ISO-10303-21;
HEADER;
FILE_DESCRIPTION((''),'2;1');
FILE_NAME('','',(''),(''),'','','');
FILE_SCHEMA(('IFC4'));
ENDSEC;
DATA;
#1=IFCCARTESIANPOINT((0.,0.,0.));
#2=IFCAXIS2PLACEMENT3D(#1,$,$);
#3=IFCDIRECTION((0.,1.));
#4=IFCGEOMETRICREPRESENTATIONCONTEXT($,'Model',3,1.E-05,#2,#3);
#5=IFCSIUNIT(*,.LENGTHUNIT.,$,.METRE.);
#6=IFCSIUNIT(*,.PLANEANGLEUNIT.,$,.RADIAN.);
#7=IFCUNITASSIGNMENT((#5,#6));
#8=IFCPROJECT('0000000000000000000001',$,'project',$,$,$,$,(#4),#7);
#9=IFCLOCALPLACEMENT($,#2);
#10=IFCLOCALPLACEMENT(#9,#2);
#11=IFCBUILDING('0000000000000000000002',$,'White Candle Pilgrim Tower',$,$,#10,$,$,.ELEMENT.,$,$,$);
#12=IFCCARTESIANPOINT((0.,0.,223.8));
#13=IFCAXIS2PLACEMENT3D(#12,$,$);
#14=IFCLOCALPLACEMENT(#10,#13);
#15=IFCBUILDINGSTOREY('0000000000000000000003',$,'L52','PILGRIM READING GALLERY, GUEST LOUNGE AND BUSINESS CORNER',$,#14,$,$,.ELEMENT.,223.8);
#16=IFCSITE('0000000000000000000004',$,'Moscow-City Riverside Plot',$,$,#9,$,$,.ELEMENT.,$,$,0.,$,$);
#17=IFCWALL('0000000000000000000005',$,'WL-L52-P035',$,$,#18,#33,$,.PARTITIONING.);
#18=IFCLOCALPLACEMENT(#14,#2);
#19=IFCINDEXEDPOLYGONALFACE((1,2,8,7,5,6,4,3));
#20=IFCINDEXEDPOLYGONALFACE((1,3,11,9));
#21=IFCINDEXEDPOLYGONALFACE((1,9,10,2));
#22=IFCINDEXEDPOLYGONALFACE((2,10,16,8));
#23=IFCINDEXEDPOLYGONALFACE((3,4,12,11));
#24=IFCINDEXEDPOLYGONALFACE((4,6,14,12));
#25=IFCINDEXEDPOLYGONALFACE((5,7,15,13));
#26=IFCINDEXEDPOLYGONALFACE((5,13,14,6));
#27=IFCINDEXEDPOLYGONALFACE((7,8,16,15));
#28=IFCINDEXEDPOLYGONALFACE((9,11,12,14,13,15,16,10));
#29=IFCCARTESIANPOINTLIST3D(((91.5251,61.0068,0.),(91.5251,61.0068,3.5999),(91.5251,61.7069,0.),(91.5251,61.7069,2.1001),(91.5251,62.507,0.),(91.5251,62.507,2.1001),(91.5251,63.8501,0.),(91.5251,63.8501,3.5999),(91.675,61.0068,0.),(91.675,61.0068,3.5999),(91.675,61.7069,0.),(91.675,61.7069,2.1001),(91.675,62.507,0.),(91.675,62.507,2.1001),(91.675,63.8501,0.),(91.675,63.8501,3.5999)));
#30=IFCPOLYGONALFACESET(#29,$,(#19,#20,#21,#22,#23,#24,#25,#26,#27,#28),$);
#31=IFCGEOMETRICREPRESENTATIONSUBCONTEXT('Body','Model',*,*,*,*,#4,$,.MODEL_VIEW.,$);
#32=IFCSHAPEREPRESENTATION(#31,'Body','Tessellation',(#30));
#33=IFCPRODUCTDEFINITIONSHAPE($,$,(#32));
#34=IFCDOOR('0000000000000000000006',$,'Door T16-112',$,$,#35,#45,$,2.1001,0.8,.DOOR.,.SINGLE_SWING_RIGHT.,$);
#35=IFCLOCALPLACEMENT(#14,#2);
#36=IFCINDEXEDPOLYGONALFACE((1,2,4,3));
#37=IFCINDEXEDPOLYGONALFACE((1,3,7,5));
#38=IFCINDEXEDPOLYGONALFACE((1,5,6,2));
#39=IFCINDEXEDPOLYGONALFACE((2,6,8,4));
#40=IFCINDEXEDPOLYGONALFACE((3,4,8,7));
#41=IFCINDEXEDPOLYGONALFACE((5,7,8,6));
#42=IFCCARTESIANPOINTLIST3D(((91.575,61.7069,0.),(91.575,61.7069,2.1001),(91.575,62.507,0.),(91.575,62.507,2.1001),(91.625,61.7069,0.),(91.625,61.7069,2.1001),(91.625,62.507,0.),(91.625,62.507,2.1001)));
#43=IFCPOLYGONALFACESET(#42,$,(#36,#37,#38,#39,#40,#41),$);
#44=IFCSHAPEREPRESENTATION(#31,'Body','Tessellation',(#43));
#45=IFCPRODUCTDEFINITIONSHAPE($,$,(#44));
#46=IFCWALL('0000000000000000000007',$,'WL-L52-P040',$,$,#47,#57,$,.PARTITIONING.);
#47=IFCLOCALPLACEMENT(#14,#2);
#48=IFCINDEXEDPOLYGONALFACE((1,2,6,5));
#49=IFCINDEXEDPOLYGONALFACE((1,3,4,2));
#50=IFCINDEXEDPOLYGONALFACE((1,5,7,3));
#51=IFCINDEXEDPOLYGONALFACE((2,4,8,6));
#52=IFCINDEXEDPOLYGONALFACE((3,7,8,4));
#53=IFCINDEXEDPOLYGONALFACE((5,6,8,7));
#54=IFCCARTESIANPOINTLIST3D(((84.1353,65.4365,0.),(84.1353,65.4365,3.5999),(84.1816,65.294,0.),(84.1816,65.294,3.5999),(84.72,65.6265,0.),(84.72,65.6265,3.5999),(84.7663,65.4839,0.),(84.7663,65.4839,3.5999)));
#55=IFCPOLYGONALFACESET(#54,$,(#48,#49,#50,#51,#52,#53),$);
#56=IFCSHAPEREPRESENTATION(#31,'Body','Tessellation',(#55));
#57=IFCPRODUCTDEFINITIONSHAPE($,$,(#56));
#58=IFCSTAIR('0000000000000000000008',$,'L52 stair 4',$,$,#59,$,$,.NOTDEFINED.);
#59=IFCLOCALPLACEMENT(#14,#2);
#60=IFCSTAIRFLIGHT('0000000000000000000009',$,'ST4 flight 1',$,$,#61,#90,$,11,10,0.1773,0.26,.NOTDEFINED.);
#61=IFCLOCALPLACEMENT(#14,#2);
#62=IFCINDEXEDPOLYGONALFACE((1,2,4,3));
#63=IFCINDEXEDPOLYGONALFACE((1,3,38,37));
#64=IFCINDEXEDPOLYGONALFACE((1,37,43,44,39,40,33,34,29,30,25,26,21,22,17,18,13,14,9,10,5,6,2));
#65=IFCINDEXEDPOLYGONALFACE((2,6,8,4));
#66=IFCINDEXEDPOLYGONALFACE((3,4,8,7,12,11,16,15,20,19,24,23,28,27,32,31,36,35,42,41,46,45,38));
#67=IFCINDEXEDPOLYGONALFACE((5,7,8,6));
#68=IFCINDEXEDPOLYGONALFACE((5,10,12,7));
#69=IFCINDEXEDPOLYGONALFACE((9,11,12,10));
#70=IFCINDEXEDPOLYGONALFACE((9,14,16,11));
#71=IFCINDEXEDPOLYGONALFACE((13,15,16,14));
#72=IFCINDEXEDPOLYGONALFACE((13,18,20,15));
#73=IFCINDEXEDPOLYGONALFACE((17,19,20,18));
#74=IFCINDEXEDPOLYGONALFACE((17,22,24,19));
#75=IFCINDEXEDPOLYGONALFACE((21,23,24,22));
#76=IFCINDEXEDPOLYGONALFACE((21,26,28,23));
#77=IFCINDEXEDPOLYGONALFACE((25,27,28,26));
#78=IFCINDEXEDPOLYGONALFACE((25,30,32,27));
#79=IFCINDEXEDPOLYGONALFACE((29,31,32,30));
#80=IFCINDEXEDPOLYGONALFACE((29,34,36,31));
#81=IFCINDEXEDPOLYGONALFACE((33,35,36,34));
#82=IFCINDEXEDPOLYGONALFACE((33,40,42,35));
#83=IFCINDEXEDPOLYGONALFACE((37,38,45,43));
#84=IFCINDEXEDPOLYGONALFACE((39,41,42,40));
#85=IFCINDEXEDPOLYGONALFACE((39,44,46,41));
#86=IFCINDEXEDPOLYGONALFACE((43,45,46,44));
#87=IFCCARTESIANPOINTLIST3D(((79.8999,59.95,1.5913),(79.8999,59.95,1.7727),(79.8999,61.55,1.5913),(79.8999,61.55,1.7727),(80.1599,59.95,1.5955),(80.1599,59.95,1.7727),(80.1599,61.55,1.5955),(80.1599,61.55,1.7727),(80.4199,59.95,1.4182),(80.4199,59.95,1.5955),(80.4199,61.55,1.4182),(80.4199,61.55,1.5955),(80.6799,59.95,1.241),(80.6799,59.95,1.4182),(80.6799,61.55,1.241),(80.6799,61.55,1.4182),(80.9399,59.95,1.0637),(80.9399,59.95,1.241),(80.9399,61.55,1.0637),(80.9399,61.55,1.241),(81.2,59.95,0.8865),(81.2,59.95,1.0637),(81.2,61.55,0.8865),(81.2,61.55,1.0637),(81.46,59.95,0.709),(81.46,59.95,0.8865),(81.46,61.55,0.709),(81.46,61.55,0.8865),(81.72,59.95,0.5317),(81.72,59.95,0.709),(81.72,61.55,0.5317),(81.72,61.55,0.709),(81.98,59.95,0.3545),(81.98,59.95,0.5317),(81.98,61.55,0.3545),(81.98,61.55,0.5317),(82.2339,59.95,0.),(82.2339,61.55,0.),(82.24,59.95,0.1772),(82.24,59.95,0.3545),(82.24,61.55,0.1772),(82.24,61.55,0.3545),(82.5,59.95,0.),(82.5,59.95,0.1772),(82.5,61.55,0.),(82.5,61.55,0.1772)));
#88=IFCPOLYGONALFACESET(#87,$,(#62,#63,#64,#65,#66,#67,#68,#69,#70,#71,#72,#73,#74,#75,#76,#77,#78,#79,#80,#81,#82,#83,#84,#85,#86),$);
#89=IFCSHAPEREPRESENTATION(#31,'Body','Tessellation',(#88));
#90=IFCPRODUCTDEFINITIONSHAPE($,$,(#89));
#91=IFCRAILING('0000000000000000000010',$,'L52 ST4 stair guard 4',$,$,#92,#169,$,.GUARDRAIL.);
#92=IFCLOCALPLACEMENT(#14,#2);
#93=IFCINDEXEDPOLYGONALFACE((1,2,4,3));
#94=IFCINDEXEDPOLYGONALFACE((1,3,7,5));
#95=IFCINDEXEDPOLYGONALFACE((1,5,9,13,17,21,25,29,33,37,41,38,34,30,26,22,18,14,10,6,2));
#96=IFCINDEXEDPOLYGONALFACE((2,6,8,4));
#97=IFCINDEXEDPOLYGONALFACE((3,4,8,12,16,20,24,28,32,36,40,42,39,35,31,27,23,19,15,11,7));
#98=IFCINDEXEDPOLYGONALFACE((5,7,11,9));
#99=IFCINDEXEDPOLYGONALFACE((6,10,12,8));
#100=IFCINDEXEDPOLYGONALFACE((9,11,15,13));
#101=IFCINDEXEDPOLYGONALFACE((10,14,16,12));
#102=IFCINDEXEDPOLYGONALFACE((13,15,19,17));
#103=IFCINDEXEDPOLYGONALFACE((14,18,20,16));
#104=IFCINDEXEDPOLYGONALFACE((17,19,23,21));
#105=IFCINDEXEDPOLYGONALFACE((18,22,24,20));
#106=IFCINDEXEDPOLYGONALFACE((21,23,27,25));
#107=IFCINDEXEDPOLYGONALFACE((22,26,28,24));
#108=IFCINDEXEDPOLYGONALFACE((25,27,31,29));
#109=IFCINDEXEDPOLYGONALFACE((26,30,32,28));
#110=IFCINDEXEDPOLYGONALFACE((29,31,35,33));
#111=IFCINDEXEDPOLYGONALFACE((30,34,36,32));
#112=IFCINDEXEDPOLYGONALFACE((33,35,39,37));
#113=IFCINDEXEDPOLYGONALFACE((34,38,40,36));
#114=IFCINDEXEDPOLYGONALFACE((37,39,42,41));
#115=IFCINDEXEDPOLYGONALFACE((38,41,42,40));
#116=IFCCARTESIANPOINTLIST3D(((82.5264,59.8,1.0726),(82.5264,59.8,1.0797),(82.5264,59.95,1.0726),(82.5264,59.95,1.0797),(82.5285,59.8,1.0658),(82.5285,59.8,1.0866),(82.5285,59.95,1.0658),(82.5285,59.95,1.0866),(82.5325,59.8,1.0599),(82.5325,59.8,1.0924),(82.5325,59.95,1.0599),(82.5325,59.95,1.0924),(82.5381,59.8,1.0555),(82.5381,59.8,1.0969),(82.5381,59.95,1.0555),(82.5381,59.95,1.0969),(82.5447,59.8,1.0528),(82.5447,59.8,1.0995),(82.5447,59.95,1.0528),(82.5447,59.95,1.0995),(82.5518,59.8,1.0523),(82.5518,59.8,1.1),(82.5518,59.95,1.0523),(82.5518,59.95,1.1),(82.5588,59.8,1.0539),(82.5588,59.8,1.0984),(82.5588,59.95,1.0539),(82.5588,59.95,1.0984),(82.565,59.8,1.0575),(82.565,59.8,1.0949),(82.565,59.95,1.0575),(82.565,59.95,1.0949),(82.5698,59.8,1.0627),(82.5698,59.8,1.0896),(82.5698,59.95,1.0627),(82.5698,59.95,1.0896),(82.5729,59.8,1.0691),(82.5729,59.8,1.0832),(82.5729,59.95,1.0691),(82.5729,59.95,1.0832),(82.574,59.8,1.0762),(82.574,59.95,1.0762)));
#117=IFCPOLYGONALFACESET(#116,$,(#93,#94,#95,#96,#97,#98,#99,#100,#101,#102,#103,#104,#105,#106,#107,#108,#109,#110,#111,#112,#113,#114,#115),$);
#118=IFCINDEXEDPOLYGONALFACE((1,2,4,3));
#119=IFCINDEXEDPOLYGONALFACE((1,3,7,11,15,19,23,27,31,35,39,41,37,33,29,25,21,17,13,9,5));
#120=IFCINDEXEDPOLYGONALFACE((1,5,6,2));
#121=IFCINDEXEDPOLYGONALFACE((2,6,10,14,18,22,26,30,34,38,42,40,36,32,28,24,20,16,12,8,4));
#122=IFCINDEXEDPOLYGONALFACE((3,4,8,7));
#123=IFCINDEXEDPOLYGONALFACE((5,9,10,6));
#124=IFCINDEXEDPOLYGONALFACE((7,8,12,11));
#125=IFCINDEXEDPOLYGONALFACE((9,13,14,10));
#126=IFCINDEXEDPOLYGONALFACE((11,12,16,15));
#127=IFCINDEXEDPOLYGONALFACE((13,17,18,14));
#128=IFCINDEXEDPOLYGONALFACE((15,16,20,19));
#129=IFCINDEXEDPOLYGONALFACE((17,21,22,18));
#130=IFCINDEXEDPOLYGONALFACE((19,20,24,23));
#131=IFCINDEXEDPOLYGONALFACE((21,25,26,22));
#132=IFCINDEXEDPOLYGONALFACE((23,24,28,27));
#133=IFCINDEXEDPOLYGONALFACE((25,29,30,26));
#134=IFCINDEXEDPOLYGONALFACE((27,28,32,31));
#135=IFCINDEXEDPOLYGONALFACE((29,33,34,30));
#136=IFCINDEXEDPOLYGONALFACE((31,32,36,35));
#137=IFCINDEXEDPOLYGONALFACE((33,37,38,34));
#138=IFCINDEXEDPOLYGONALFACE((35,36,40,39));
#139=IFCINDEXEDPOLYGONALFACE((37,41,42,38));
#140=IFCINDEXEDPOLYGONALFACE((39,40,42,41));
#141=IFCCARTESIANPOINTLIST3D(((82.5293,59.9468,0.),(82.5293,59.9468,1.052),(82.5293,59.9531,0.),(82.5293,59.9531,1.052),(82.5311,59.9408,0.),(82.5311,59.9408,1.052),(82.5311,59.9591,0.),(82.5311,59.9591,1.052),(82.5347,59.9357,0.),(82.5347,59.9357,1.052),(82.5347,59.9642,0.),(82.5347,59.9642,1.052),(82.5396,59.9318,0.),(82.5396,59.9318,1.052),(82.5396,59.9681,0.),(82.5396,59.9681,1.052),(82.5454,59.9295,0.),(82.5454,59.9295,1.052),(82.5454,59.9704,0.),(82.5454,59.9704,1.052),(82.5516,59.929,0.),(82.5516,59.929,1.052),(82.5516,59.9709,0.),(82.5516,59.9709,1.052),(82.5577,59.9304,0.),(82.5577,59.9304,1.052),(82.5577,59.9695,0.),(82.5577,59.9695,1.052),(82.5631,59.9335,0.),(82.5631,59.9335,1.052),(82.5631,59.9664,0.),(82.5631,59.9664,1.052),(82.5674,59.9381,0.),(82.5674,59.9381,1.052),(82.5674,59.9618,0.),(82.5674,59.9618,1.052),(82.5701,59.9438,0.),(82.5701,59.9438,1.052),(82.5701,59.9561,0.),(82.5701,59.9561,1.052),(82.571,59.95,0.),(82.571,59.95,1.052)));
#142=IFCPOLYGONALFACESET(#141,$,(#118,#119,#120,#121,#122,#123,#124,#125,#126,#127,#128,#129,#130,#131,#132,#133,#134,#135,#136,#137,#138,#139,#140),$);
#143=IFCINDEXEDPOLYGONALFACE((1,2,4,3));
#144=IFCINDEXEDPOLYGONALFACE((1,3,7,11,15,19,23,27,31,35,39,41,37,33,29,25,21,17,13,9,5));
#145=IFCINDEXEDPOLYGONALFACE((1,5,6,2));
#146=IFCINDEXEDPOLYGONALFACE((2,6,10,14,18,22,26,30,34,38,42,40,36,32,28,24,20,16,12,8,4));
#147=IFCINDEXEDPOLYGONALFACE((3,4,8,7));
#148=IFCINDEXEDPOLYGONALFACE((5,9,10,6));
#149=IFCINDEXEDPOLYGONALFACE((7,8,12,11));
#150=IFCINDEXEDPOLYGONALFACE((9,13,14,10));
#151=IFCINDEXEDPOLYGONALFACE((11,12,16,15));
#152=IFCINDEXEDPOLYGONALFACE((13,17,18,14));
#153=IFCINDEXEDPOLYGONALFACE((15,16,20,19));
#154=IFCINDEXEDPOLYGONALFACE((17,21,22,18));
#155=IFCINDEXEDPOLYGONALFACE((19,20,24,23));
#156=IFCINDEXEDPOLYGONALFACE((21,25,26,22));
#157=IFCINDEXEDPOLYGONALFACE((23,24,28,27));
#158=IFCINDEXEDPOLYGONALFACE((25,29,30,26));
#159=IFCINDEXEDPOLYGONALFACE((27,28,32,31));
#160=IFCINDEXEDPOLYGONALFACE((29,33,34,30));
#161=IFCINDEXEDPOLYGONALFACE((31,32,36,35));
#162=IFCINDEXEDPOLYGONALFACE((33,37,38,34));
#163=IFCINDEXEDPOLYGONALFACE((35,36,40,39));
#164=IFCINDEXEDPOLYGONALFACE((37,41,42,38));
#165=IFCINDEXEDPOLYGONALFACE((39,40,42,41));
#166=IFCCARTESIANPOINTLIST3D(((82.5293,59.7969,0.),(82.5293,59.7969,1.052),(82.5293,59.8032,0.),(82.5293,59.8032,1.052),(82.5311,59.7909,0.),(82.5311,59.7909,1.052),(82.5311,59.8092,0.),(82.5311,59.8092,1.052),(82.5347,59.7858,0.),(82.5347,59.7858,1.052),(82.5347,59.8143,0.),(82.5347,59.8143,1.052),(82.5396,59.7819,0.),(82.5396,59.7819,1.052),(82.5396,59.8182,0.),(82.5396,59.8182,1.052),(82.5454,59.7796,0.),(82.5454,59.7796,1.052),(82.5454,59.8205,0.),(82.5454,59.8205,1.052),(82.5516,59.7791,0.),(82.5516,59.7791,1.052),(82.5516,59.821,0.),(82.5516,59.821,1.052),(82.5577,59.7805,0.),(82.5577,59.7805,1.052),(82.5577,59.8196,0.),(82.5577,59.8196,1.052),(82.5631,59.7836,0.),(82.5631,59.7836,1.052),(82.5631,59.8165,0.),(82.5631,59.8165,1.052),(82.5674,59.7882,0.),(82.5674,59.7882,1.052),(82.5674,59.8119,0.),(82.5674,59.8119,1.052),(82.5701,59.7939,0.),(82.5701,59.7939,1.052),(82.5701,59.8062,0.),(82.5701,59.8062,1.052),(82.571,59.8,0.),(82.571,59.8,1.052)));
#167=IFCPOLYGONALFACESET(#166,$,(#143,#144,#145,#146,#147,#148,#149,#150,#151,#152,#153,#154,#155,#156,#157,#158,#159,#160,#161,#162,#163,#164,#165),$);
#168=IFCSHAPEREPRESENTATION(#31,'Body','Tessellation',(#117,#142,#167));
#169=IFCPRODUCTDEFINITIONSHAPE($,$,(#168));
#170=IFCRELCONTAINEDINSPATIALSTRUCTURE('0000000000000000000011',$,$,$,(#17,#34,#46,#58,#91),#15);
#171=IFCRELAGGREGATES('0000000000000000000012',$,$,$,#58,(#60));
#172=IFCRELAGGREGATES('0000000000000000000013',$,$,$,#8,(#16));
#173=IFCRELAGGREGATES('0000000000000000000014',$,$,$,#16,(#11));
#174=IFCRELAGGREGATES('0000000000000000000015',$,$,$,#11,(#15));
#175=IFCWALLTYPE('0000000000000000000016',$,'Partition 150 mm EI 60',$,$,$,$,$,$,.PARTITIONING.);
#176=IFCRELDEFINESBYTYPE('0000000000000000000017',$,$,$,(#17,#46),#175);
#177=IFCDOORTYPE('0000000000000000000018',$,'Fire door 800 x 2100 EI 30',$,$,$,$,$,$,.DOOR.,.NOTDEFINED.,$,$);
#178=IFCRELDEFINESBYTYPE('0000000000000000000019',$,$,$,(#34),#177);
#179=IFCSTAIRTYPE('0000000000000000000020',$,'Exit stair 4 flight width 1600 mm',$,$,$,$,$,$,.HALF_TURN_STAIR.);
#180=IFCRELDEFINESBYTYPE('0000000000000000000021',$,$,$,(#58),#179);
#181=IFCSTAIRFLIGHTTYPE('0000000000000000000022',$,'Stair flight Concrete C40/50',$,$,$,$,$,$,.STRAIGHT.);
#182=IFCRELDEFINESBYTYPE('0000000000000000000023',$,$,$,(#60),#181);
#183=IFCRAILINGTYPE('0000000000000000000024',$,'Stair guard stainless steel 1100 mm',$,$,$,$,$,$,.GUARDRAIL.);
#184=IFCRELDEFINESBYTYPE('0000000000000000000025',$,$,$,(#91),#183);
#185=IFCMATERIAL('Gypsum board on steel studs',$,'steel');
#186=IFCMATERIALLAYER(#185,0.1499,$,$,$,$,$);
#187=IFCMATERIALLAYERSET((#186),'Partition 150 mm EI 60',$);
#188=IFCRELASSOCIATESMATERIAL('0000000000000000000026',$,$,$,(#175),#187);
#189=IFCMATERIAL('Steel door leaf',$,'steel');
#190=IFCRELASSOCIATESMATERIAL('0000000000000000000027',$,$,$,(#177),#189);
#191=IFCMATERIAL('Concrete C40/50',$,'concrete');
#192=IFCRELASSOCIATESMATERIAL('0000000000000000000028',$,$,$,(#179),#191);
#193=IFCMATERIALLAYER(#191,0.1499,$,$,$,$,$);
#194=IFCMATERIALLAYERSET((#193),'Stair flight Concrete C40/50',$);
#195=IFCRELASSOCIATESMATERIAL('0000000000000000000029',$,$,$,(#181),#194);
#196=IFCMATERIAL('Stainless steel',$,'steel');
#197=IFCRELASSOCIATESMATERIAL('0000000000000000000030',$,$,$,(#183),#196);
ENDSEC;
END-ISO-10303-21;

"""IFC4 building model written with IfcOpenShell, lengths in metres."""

from ifc_helpers import new_model, si_unit, direction, frame, frame_2d, origin, origin_2d, place, context, subcontext, project, spatial, polyline, rectangle, circle, outline, extrude, material, layer, layer_set, type_object, element, fill, aggregate, save


model = new_model("IFC4")

# Units and contexts
model_context = context("Model", 3, precision=1e-05, world=origin(), true_north=direction((0.0, 1.0)))
body_context = subcontext(model_context, "Body", "Model", "MODEL_VIEW")
ifc_project = project(units=[si_unit("LENGTHUNIT", "METRE"), si_unit("PLANEANGLEUNIT", "RADIAN")], contexts=[model_context])

# Site, building, storey
site_placement = place(None, origin())
site = spatial("IfcSite", under=ifc_project, at=site_placement, Name="Moscow-City Riverside Plot", CompositionType="ELEMENT", RefElevation=0.0)
building_placement = place(site_placement, origin())
building = spatial("IfcBuilding", under=site, at=building_placement, Name="White Candle Pilgrim Tower", CompositionType="ELEMENT")
storey_placement = place(building_placement, frame((0.0, 0.0, 223.8)))
storey = spatial("IfcBuildingStorey", under=building, at=storey_placement, Name="L52", Description="PILGRIM READING GALLERY, GUEST LOUNGE AND BUSINESS CORNER", CompositionType="ELEMENT", Elevation=223.8)

# Shared definitions
ifc_material_1 = material(Name="Gypsum board on steel studs", Category="steel")
ifc_material_2 = material(Name="Steel door leaf", Category="steel")

# Shared definitions
ifc_layer_1 = layer(ifc_material_1, 0.1499)
ifc_layer_set_1 = layer_set([ifc_layer_1], Name="Partition 150 mm EI 60")
wall_type_1 = type_object("IfcWallType", Name="Partition 150 mm EI 60", PredefinedType="PARTITIONING", material=ifc_layer_set_1)

# Wall, opening, door
wall_1_placement = place(storey_placement, frame((91.6001, 63.8501, 0.0), z_axis=(0.0, 0.0, 1.0), x_axis=(0.0, -1.0, 0.0)))
wall_1 = element("IfcWall", 1, at=wall_1_placement, inside=storey, type_object=wall_type_1, Name="WL-L52-P035", PredefinedType="PARTITIONING", context=body_context, shape_type="SweptSolid", body=[
    extrude(rectangle(XDim=2.8433, YDim=0.1499, at=frame_2d((1.4216, 0.0))), origin(), (0.0, 0.0, 1.0), 3.5999),
])
opening_1_placement = place(wall_1_placement, frame((1.3433, 0.0, 0.0)))
opening_1 = element("IfcOpeningElement", 2, at=opening_1_placement, cuts=wall_1, PredefinedType="OPENING", context=body_context, shape_type="SweptSolid", body=[
    extrude(rectangle(XDim=0.8, YDim=2.1001, at=frame_2d((0.3999, 1.05))), frame((0.0, 0.085, 0.0), z_axis=(0.0, -1.0, 0.0), x_axis=(1.0, 0.0, 0.0)), (0.0, 0.0, 1.0), 0.1699),
])
door_type_1 = type_object("IfcDoorType", Name="Fire door 800 x 2100 EI 30", OperationType="NOTDEFINED", PredefinedType="DOOR", material=ifc_material_2)
door_1_placement = place(opening_1_placement, origin())
door_1 = element("IfcDoor", 3, at=door_1_placement, inside=storey, type_object=door_type_1, Name="Door T16-112", OperationType="SINGLE_SWING_RIGHT", OverallHeight=2.1001, OverallWidth=0.8, PredefinedType="DOOR", context=body_context, shape_type="SweptSolid", body=[
    extrude(rectangle(XDim=0.8, YDim=2.1001, at=frame_2d((0.3999, 1.05))), frame((0.0, 0.0249, 0.0), z_axis=(0.0, -1.0, 0.0), x_axis=(1.0, 0.0, 0.0)), (0.0, 0.0, 1.0), 0.05),
])
fill(opening_1, door_1)

# Wall
wall_2_placement = place(storey_placement, frame((84.7432, 65.5552, 0.0), z_axis=(0.0, 0.0, 1.0), x_axis=(-0.951078, -0.308951, 0.0)))
element("IfcWall", 4, at=wall_2_placement, inside=storey, type_object=wall_type_1, Name="WL-L52-P040", PredefinedType="PARTITIONING", context=body_context, shape_type="SweptSolid", body=[
    extrude(rectangle(XDim=0.6147, YDim=0.1499, at=frame_2d((0.3074, 0.0))), origin(), (0.0, 0.0, 1.0), 3.5999),
])

# Stair, stair flight
ifc_material_3 = material(Name="Concrete C40/50", Category="concrete")
stair_type = type_object("IfcStairType", Name="Exit stair 4 flight width 1600 mm", PredefinedType="HALF_TURN_STAIR", material=ifc_material_3)
stair_placement = place(storey_placement, origin())
stair = element("IfcStair", 5, at=stair_placement, inside=storey, type_object=stair_type, Name="L52 stair 4", PredefinedType="NOTDEFINED")
ifc_layer_2 = layer(ifc_material_3, 0.1499)
ifc_layer_set_2 = layer_set([ifc_layer_2], Name="Stair flight Concrete C40/50")
stair_flight_type = type_object("IfcStairFlightType", Name="Stair flight Concrete C40/50", PredefinedType="STRAIGHT", material=ifc_layer_set_2)
stair_flight_placement = place(storey_placement, frame((82.5, 60.75, 0.0), z_axis=(0.0, 0.0, 1.0), x_axis=(-1.0, 0.0, 0.0)))
stair_flight = element("IfcStairFlight", 6, at=stair_flight_placement, type_object=stair_flight_type, Name="ST4 flight 1", NumberOfRisers=11, NumberOfTreads=10, PredefinedType="NOTDEFINED", RiserHeight=0.1773, TreadLength=0.26, context=body_context, shape_type="SweptSolid", body=[
    extrude(outline(polyline([(0.0, 0.0), (0.0, 0.1772), (0.26, 0.1772), (0.26, 0.3545), (0.52, 0.3545), (0.52, 0.5317), (0.78, 0.5317), (0.78, 0.709), (1.04, 0.709), (1.04, 0.8865), (1.3, 0.8865), (1.3, 1.0637), (1.5601, 1.0637), (1.5601, 1.241), (1.8201, 1.241), (1.8201, 1.4182), (2.0801, 1.4182), (2.0801, 1.5955), (2.3401, 1.5955), (2.3401, 1.7727), (2.6001, 1.7727), (2.6001, 1.95), (2.6001, 1.5913), (0.2661, 0.0), (0.0, 0.0)])), frame((0.0, 0.8, 0.0), z_axis=(0.0, -1.0, 0.0), x_axis=(1.0, 0.0, 0.0)), (0.0, 0.0, 1.0), 1.6001),
])
aggregate(stair, [stair_flight])

# Railing
ifc_material_4 = material(Name="Stainless steel", Category="steel")
railing_type_1 = type_object("IfcRailingType", Name="Stair guard stainless steel 1100 mm", PredefinedType="GUARDRAIL", material=ifc_material_4)
railing_1_placement = place(storey_placement, frame((82.55, 59.95, 0.0)))
element("IfcRailing", 7, at=railing_1_placement, inside=storey, type_object=railing_type_1, Name="L52 ST4 stair guard 4", PredefinedType="GUARDRAIL", context=body_context, shape_type="SweptSolid", body=[
    extrude(circle(Radius=0.0239, at=origin_2d()), frame((0.0, 0.0, 1.0762), z_axis=(0.0, -1.0, 0.0), x_axis=(1.0, 0.0, 0.0)), (0.0, 0.0, 1.0), 0.1499),
    extrude(circle(Radius=0.021, at=origin_2d()), origin(), (0.0, 0.0, 1.0), 1.052),
    extrude(circle(Radius=0.021, at=origin_2d()), frame((0.0, -0.1499, 0.0)), (0.0, 0.0, 1.0), 1.052),
])

save(model, "model.ifc")
